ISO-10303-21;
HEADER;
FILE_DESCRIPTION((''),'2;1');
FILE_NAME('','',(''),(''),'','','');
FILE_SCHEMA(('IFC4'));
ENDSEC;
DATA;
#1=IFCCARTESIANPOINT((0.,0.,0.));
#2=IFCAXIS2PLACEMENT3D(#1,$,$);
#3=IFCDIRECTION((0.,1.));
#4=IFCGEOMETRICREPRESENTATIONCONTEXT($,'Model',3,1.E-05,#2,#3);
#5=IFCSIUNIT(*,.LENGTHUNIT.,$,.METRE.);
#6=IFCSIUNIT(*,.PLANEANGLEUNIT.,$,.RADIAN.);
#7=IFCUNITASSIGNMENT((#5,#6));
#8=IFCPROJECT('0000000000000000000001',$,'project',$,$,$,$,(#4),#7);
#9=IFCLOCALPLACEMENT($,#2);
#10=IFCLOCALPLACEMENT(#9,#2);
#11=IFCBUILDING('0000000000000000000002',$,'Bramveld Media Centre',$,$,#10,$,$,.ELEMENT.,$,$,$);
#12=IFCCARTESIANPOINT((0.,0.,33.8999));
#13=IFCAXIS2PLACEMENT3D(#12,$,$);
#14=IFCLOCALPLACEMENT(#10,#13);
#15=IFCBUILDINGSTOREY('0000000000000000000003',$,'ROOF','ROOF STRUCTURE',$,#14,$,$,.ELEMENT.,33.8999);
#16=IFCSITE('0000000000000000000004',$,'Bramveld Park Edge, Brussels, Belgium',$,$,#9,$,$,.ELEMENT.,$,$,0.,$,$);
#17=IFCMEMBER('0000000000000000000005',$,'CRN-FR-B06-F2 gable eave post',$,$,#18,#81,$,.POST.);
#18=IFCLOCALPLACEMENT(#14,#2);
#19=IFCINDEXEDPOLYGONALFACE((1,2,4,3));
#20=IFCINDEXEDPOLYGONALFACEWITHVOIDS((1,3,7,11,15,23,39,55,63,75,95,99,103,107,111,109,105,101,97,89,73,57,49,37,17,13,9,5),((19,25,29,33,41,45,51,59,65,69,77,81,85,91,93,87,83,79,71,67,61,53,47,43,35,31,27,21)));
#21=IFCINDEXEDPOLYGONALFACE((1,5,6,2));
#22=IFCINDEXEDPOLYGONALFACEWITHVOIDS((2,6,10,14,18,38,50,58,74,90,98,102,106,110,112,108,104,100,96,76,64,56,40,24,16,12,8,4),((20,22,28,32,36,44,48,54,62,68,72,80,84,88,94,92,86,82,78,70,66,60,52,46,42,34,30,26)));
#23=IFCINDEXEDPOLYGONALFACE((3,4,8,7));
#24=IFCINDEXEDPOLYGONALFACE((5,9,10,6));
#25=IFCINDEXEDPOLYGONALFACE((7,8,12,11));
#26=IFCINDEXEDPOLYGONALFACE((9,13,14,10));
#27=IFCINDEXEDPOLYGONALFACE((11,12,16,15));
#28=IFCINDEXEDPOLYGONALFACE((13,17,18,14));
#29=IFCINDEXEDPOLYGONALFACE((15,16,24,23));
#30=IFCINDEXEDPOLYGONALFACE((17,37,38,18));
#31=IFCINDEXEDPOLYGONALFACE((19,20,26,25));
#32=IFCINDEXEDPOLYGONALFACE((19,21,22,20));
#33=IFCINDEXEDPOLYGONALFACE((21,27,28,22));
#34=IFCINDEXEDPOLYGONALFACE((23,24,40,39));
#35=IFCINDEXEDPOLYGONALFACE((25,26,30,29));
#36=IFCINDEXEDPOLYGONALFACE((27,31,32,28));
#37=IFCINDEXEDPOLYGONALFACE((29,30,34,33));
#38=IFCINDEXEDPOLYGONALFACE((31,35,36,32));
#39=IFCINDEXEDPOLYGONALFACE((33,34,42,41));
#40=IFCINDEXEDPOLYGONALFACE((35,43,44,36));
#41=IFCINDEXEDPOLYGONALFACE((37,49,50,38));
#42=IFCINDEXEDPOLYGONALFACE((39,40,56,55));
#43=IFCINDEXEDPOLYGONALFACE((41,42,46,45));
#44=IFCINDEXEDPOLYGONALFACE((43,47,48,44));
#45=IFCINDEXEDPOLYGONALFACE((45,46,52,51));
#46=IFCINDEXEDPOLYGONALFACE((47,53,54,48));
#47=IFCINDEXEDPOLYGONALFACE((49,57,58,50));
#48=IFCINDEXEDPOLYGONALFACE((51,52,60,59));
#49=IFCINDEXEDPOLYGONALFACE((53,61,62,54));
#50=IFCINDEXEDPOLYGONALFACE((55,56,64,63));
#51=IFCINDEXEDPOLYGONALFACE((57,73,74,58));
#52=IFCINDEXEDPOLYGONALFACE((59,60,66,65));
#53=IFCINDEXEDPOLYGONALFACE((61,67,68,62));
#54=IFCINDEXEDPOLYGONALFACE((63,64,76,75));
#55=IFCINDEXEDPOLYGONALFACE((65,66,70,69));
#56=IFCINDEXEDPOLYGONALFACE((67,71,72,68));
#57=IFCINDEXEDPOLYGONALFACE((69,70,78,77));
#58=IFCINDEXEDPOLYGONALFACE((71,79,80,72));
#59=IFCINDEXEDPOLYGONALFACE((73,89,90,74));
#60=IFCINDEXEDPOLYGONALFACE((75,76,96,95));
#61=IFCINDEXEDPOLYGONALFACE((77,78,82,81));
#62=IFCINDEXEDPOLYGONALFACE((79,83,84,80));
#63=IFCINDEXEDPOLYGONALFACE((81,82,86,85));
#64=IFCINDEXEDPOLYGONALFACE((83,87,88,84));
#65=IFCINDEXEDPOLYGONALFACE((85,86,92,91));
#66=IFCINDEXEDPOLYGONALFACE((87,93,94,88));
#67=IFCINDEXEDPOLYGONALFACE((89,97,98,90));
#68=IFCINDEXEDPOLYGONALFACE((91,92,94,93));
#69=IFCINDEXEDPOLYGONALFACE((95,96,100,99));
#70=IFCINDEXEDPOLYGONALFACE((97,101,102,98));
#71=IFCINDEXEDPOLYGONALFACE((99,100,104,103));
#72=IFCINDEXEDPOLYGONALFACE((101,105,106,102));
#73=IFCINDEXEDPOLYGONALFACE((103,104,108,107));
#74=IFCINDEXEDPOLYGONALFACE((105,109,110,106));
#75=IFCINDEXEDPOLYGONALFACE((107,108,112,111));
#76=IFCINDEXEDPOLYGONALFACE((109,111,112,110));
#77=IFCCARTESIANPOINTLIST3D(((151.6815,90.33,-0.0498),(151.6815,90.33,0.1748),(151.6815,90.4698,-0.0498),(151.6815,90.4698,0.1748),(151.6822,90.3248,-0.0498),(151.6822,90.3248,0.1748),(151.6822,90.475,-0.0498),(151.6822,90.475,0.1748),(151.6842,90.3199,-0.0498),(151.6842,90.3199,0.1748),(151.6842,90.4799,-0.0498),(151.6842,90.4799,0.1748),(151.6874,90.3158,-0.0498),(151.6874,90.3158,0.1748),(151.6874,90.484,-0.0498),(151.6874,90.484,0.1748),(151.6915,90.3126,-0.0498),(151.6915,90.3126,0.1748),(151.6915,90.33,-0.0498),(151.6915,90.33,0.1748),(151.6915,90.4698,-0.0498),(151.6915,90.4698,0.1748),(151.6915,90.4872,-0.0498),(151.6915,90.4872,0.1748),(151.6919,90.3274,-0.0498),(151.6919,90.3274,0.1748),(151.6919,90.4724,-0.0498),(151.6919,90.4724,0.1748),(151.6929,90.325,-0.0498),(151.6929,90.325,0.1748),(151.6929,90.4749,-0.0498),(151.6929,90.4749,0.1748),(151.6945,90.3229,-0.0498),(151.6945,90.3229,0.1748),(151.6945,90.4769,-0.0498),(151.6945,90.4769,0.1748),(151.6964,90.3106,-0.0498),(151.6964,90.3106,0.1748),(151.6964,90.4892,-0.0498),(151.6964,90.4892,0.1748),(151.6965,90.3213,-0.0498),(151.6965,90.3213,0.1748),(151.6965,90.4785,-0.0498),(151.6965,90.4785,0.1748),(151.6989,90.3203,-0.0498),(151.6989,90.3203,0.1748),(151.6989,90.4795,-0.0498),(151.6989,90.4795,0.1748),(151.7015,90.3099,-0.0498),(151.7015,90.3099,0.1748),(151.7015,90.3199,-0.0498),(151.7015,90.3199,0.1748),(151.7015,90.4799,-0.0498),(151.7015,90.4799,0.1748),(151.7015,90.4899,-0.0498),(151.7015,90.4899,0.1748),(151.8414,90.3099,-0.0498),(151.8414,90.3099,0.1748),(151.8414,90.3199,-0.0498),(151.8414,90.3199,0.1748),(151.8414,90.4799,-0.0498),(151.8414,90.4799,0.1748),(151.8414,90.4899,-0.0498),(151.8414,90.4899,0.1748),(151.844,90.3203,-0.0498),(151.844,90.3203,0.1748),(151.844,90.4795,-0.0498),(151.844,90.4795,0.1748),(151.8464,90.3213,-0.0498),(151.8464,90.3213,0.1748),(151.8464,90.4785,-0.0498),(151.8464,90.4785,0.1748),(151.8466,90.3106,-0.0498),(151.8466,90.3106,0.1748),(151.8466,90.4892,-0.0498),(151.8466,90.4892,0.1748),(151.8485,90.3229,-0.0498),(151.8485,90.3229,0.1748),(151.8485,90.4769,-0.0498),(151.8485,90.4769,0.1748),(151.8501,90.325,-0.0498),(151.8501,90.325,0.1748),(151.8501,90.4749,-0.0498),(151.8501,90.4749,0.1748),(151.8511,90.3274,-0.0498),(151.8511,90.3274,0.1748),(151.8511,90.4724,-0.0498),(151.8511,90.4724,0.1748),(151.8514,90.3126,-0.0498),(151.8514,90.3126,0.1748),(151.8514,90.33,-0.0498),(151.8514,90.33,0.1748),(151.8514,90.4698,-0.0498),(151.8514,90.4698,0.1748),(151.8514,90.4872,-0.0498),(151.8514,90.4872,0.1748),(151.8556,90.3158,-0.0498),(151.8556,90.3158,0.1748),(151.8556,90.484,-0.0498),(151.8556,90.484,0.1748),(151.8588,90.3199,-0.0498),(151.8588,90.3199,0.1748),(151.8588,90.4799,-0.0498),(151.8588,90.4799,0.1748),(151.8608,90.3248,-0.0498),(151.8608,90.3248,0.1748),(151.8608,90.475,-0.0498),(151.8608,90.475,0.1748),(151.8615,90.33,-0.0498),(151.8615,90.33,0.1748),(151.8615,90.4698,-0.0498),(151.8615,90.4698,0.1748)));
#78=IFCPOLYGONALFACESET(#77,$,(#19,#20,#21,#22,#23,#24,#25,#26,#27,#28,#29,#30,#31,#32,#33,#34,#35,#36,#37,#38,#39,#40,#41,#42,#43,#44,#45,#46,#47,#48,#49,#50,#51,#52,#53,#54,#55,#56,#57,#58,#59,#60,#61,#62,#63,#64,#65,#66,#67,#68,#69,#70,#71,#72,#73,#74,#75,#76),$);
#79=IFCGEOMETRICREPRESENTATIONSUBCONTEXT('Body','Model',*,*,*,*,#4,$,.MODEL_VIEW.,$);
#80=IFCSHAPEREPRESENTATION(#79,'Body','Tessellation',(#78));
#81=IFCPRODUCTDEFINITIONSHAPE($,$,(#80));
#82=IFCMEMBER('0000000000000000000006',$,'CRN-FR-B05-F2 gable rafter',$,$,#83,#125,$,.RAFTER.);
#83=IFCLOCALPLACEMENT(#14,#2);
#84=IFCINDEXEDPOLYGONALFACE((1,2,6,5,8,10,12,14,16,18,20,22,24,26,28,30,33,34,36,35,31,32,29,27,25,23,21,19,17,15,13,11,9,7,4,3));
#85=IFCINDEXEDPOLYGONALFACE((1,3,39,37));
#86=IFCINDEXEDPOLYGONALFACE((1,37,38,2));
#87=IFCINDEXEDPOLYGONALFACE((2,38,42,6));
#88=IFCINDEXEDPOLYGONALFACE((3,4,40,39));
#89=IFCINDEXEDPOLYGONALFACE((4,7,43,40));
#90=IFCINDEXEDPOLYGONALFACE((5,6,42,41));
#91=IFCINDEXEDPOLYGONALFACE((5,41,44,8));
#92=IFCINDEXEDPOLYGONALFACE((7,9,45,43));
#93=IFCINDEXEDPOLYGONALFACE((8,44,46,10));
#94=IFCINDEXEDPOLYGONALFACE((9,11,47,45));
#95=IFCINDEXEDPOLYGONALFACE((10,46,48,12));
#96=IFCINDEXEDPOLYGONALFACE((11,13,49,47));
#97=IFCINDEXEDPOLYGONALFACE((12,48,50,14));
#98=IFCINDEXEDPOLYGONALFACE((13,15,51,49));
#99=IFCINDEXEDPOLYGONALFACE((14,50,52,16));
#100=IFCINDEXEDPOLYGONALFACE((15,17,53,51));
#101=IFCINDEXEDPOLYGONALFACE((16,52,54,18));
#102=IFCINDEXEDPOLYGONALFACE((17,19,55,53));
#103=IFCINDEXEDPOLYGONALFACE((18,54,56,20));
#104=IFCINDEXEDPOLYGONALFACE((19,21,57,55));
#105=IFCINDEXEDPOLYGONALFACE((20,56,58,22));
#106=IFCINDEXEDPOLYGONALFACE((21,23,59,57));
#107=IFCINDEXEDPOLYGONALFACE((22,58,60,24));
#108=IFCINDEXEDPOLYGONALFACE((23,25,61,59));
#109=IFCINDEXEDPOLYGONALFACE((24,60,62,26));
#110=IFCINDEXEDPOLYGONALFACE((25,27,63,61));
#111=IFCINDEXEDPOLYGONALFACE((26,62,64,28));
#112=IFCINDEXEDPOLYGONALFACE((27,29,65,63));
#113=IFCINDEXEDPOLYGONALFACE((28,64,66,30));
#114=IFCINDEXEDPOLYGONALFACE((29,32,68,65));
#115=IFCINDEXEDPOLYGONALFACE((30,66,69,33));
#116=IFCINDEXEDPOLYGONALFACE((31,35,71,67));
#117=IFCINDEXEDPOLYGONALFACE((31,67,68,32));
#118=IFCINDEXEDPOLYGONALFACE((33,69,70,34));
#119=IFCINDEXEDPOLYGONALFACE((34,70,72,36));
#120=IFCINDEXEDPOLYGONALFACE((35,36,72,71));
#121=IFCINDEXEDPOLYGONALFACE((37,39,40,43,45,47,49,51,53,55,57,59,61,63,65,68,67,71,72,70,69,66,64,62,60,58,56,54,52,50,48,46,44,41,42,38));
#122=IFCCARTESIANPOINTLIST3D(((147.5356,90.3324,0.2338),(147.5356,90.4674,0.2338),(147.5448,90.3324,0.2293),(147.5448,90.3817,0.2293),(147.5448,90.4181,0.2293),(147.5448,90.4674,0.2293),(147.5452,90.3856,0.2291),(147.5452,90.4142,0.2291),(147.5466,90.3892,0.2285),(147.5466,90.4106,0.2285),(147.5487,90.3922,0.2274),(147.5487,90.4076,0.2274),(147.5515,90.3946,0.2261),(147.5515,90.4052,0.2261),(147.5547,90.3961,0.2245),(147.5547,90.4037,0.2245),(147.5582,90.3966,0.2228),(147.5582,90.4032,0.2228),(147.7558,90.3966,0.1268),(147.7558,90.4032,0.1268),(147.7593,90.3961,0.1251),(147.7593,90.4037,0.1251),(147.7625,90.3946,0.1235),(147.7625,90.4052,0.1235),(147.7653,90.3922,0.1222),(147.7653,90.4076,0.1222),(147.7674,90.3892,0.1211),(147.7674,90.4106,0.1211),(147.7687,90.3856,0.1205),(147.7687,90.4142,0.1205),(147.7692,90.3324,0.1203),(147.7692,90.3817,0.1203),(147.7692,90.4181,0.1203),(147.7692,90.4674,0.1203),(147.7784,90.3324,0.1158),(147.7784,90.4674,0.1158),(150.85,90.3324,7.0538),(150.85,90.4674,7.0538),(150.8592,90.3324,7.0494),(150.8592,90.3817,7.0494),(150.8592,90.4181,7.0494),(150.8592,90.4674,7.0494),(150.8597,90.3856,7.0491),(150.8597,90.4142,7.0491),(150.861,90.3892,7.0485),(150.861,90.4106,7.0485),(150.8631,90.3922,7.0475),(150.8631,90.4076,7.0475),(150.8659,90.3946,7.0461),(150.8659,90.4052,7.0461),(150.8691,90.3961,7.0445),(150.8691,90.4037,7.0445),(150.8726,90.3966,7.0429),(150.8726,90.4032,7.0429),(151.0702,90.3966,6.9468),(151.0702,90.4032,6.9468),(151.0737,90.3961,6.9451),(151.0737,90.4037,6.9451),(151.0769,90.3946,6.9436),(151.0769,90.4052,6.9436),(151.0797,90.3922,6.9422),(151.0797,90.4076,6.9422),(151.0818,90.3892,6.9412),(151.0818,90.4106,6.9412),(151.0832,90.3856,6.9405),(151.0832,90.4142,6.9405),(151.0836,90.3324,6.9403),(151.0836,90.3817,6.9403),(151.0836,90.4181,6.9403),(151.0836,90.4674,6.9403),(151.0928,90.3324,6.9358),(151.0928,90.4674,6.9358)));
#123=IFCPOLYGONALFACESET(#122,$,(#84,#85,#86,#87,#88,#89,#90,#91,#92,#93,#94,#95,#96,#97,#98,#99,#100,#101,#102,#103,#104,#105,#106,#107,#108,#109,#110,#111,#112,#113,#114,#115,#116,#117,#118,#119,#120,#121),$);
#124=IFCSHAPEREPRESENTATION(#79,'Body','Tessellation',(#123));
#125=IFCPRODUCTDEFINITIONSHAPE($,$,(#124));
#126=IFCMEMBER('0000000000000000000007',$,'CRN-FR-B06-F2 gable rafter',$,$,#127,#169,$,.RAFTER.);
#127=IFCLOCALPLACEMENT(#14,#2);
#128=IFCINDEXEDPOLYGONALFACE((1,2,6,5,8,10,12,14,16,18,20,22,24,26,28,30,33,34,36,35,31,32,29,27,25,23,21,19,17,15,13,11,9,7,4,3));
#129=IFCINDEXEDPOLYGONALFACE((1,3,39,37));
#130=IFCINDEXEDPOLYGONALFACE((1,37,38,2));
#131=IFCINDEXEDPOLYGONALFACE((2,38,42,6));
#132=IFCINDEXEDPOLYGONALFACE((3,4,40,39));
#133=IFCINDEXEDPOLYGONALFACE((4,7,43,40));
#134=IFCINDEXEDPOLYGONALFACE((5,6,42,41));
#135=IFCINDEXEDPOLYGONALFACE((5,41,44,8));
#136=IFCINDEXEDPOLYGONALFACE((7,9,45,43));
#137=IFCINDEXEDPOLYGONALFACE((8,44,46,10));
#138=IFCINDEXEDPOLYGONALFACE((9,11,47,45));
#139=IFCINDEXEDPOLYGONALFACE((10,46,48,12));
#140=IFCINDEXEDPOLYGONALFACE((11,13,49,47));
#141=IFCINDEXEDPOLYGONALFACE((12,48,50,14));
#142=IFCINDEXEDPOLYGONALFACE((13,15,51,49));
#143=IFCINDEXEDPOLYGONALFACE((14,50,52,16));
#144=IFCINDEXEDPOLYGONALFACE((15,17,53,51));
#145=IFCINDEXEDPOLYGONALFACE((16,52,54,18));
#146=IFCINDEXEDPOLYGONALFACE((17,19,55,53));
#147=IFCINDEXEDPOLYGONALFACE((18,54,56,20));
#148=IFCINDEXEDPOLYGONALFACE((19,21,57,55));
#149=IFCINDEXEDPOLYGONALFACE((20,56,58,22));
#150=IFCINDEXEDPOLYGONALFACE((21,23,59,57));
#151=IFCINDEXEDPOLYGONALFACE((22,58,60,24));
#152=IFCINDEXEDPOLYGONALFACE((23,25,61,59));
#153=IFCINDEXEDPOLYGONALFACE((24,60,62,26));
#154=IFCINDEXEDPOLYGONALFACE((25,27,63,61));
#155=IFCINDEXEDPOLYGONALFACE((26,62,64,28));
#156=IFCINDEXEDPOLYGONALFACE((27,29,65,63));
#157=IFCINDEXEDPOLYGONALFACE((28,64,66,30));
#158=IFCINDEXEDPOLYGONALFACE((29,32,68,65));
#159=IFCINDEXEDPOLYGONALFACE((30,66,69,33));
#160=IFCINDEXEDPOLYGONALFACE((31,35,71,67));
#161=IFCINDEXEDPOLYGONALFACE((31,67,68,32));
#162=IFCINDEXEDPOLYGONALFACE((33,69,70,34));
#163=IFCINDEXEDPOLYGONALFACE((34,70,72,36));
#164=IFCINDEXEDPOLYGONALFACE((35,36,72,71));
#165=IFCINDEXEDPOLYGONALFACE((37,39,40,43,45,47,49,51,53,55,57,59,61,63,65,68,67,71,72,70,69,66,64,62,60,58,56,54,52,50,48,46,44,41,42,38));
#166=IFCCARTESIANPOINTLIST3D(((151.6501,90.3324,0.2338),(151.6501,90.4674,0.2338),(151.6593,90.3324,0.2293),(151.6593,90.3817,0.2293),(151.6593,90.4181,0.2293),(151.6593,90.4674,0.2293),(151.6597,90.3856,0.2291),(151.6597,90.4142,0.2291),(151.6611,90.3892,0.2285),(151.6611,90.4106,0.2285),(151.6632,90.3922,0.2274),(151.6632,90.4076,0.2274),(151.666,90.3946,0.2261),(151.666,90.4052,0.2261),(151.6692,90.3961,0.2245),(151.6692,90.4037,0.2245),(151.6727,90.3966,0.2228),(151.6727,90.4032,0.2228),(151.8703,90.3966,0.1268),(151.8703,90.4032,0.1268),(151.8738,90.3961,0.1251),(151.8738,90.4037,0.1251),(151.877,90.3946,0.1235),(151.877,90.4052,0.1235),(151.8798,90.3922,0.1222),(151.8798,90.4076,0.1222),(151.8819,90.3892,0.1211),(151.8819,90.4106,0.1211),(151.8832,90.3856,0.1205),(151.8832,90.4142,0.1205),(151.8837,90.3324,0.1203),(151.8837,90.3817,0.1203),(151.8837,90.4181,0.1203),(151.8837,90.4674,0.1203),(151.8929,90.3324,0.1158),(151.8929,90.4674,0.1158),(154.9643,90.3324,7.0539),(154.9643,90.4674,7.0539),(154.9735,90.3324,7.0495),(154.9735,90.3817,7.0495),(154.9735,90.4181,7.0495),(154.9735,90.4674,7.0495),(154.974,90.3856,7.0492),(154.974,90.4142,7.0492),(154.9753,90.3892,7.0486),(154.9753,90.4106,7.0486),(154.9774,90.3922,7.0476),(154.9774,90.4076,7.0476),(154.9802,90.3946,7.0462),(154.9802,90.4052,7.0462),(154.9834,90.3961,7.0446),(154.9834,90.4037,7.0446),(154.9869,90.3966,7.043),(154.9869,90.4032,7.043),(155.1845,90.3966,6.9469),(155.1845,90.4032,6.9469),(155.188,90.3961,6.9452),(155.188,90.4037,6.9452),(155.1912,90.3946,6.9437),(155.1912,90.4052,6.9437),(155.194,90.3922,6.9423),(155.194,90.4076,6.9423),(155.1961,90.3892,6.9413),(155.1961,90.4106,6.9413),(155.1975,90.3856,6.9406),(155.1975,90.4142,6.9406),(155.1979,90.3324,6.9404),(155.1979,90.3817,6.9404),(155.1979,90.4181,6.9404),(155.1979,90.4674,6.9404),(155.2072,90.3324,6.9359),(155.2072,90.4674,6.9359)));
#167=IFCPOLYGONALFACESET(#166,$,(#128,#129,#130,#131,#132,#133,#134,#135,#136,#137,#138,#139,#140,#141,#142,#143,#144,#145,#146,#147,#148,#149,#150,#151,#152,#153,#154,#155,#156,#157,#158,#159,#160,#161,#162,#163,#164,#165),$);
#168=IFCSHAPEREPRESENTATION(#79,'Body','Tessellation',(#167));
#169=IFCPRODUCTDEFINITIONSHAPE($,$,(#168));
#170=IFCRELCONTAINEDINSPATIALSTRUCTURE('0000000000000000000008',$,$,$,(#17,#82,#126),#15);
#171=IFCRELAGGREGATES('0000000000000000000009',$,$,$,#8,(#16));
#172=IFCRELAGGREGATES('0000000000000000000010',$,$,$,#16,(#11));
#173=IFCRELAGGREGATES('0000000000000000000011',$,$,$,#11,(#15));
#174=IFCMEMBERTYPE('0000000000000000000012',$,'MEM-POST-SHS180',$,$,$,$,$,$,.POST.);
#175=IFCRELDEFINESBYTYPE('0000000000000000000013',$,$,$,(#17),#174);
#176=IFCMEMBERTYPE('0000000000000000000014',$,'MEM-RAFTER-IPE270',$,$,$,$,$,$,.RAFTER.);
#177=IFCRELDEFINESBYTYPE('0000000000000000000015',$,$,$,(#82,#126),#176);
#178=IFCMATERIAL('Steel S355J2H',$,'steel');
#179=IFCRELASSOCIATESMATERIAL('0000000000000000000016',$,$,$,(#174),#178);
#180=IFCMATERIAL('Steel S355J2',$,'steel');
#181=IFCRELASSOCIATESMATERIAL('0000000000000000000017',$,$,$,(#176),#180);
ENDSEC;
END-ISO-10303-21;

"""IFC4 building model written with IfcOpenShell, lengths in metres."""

from ifc_helpers import new_model, si_unit, direction, frame, origin, origin_2d, place, context, subcontext, project, spatial, hollow_rectangle, i_section, extrude, material, material_profile, profile_set, type_object, element, save


model = new_model("IFC4")

# Units and contexts
model_context = context("Model", 3, precision=1e-05, world=origin(), true_north=direction((0.0, 1.0)))
body_context = subcontext(model_context, "Body", "Model", "MODEL_VIEW")
ifc_project = project(units=[si_unit("LENGTHUNIT", "METRE"), si_unit("PLANEANGLEUNIT", "RADIAN")], contexts=[model_context])

# Site, building, storey
site_placement = place(None, origin())
site = spatial("IfcSite", under=ifc_project, at=site_placement, Name="Bramveld Park Edge, Brussels, Belgium", CompositionType="ELEMENT", RefElevation=0.0)
building_placement = place(site_placement, origin())
building = spatial("IfcBuilding", under=site, at=building_placement, Name="Bramveld Media Centre", CompositionType="ELEMENT")
storey_placement = place(building_placement, frame((0.0, 0.0, 33.8999)))
storey = spatial("IfcBuildingStorey", under=building, at=storey_placement, Name="ROOF", Description="ROOF STRUCTURE", CompositionType="ELEMENT", Elevation=33.8999)

# Members
ifc_material_1 = material(Name="Steel S355J2H", Category="steel")
ifc_material_profile_1 = material_profile(ifc_material_1, hollow_rectangle(XDim=0.1799, YDim=0.1799, WallThickness=0.01, InnerFilletRadius=0.01, OuterFilletRadius=0.02, at=origin_2d()), Name="SHS 180x180x10")
ifc_profile_set_1 = profile_set([ifc_material_profile_1], Name="Steel S355J2H")
member_type_1 = type_object("IfcMemberType", Name="MEM-POST-SHS180", PredefinedType="POST", material=ifc_profile_set_1)
member_1_placement = place(storey_placement, frame((151.7715, 90.3999, -0.0498), z_axis=(0.0, 0.0, 1.0), x_axis=(1.0, 0.0, 0.0)))
element("IfcMember", 1, at=member_1_placement, inside=storey, type_object=member_type_1, Name="CRN-FR-B06-F2 gable eave post", PredefinedType="POST", context=body_context, shape_type="SweptSolid", body=[
    extrude(hollow_rectangle(XDim=0.1799, YDim=0.1799, WallThickness=0.01, InnerFilletRadius=0.01, OuterFilletRadius=0.02, at=origin_2d()), origin(), (0.0, 0.0, 1.0), 0.2246),
])
ifc_material_2 = material(Name="Steel S355J2", Category="steel")
ifc_material_profile_2 = material_profile(ifc_material_2, i_section(OverallWidth=0.135, OverallDepth=0.27, WebThickness=0.0066, FlangeThickness=0.0103, FilletRadius=0.0149, at=origin_2d()), Name="IPE 270")
ifc_profile_set_2 = profile_set([ifc_material_profile_2], Name="Steel S355J2")
member_type_2 = type_object("IfcMemberType", Name="MEM-RAFTER-IPE270", PredefinedType="RAFTER", material=ifc_profile_set_2)
for number, where, z_axis, x_axis, name in (
    (2, (147.657, 90.3999, 0.1748), (0.437101, 0.0, 0.899412), (0.0, 1.0, 0.0), "CRN-FR-B05-F2 gable rafter"),
    (3, (151.7715, 90.3999, 0.1748), (0.437075, 0.0, 0.899425), (0.0, 1.0, 0.0), "CRN-FR-B06-F2 gable rafter"),
):
    element("IfcMember", number, at=place(storey_placement, frame(where, z_axis=z_axis, x_axis=x_axis)), inside=storey, type_object=member_type_2, Name=name, PredefinedType="RAFTER", context=body_context, shape_type="SweptSolid", body=[
        extrude(i_section(OverallWidth=0.135, OverallDepth=0.27, WebThickness=0.0066, FlangeThickness=0.0103, FilletRadius=0.0149, at=origin_2d()), origin(), (0.0, 0.0, 1.0), 7.5828),
    ])

save(model, "model.ifc")
